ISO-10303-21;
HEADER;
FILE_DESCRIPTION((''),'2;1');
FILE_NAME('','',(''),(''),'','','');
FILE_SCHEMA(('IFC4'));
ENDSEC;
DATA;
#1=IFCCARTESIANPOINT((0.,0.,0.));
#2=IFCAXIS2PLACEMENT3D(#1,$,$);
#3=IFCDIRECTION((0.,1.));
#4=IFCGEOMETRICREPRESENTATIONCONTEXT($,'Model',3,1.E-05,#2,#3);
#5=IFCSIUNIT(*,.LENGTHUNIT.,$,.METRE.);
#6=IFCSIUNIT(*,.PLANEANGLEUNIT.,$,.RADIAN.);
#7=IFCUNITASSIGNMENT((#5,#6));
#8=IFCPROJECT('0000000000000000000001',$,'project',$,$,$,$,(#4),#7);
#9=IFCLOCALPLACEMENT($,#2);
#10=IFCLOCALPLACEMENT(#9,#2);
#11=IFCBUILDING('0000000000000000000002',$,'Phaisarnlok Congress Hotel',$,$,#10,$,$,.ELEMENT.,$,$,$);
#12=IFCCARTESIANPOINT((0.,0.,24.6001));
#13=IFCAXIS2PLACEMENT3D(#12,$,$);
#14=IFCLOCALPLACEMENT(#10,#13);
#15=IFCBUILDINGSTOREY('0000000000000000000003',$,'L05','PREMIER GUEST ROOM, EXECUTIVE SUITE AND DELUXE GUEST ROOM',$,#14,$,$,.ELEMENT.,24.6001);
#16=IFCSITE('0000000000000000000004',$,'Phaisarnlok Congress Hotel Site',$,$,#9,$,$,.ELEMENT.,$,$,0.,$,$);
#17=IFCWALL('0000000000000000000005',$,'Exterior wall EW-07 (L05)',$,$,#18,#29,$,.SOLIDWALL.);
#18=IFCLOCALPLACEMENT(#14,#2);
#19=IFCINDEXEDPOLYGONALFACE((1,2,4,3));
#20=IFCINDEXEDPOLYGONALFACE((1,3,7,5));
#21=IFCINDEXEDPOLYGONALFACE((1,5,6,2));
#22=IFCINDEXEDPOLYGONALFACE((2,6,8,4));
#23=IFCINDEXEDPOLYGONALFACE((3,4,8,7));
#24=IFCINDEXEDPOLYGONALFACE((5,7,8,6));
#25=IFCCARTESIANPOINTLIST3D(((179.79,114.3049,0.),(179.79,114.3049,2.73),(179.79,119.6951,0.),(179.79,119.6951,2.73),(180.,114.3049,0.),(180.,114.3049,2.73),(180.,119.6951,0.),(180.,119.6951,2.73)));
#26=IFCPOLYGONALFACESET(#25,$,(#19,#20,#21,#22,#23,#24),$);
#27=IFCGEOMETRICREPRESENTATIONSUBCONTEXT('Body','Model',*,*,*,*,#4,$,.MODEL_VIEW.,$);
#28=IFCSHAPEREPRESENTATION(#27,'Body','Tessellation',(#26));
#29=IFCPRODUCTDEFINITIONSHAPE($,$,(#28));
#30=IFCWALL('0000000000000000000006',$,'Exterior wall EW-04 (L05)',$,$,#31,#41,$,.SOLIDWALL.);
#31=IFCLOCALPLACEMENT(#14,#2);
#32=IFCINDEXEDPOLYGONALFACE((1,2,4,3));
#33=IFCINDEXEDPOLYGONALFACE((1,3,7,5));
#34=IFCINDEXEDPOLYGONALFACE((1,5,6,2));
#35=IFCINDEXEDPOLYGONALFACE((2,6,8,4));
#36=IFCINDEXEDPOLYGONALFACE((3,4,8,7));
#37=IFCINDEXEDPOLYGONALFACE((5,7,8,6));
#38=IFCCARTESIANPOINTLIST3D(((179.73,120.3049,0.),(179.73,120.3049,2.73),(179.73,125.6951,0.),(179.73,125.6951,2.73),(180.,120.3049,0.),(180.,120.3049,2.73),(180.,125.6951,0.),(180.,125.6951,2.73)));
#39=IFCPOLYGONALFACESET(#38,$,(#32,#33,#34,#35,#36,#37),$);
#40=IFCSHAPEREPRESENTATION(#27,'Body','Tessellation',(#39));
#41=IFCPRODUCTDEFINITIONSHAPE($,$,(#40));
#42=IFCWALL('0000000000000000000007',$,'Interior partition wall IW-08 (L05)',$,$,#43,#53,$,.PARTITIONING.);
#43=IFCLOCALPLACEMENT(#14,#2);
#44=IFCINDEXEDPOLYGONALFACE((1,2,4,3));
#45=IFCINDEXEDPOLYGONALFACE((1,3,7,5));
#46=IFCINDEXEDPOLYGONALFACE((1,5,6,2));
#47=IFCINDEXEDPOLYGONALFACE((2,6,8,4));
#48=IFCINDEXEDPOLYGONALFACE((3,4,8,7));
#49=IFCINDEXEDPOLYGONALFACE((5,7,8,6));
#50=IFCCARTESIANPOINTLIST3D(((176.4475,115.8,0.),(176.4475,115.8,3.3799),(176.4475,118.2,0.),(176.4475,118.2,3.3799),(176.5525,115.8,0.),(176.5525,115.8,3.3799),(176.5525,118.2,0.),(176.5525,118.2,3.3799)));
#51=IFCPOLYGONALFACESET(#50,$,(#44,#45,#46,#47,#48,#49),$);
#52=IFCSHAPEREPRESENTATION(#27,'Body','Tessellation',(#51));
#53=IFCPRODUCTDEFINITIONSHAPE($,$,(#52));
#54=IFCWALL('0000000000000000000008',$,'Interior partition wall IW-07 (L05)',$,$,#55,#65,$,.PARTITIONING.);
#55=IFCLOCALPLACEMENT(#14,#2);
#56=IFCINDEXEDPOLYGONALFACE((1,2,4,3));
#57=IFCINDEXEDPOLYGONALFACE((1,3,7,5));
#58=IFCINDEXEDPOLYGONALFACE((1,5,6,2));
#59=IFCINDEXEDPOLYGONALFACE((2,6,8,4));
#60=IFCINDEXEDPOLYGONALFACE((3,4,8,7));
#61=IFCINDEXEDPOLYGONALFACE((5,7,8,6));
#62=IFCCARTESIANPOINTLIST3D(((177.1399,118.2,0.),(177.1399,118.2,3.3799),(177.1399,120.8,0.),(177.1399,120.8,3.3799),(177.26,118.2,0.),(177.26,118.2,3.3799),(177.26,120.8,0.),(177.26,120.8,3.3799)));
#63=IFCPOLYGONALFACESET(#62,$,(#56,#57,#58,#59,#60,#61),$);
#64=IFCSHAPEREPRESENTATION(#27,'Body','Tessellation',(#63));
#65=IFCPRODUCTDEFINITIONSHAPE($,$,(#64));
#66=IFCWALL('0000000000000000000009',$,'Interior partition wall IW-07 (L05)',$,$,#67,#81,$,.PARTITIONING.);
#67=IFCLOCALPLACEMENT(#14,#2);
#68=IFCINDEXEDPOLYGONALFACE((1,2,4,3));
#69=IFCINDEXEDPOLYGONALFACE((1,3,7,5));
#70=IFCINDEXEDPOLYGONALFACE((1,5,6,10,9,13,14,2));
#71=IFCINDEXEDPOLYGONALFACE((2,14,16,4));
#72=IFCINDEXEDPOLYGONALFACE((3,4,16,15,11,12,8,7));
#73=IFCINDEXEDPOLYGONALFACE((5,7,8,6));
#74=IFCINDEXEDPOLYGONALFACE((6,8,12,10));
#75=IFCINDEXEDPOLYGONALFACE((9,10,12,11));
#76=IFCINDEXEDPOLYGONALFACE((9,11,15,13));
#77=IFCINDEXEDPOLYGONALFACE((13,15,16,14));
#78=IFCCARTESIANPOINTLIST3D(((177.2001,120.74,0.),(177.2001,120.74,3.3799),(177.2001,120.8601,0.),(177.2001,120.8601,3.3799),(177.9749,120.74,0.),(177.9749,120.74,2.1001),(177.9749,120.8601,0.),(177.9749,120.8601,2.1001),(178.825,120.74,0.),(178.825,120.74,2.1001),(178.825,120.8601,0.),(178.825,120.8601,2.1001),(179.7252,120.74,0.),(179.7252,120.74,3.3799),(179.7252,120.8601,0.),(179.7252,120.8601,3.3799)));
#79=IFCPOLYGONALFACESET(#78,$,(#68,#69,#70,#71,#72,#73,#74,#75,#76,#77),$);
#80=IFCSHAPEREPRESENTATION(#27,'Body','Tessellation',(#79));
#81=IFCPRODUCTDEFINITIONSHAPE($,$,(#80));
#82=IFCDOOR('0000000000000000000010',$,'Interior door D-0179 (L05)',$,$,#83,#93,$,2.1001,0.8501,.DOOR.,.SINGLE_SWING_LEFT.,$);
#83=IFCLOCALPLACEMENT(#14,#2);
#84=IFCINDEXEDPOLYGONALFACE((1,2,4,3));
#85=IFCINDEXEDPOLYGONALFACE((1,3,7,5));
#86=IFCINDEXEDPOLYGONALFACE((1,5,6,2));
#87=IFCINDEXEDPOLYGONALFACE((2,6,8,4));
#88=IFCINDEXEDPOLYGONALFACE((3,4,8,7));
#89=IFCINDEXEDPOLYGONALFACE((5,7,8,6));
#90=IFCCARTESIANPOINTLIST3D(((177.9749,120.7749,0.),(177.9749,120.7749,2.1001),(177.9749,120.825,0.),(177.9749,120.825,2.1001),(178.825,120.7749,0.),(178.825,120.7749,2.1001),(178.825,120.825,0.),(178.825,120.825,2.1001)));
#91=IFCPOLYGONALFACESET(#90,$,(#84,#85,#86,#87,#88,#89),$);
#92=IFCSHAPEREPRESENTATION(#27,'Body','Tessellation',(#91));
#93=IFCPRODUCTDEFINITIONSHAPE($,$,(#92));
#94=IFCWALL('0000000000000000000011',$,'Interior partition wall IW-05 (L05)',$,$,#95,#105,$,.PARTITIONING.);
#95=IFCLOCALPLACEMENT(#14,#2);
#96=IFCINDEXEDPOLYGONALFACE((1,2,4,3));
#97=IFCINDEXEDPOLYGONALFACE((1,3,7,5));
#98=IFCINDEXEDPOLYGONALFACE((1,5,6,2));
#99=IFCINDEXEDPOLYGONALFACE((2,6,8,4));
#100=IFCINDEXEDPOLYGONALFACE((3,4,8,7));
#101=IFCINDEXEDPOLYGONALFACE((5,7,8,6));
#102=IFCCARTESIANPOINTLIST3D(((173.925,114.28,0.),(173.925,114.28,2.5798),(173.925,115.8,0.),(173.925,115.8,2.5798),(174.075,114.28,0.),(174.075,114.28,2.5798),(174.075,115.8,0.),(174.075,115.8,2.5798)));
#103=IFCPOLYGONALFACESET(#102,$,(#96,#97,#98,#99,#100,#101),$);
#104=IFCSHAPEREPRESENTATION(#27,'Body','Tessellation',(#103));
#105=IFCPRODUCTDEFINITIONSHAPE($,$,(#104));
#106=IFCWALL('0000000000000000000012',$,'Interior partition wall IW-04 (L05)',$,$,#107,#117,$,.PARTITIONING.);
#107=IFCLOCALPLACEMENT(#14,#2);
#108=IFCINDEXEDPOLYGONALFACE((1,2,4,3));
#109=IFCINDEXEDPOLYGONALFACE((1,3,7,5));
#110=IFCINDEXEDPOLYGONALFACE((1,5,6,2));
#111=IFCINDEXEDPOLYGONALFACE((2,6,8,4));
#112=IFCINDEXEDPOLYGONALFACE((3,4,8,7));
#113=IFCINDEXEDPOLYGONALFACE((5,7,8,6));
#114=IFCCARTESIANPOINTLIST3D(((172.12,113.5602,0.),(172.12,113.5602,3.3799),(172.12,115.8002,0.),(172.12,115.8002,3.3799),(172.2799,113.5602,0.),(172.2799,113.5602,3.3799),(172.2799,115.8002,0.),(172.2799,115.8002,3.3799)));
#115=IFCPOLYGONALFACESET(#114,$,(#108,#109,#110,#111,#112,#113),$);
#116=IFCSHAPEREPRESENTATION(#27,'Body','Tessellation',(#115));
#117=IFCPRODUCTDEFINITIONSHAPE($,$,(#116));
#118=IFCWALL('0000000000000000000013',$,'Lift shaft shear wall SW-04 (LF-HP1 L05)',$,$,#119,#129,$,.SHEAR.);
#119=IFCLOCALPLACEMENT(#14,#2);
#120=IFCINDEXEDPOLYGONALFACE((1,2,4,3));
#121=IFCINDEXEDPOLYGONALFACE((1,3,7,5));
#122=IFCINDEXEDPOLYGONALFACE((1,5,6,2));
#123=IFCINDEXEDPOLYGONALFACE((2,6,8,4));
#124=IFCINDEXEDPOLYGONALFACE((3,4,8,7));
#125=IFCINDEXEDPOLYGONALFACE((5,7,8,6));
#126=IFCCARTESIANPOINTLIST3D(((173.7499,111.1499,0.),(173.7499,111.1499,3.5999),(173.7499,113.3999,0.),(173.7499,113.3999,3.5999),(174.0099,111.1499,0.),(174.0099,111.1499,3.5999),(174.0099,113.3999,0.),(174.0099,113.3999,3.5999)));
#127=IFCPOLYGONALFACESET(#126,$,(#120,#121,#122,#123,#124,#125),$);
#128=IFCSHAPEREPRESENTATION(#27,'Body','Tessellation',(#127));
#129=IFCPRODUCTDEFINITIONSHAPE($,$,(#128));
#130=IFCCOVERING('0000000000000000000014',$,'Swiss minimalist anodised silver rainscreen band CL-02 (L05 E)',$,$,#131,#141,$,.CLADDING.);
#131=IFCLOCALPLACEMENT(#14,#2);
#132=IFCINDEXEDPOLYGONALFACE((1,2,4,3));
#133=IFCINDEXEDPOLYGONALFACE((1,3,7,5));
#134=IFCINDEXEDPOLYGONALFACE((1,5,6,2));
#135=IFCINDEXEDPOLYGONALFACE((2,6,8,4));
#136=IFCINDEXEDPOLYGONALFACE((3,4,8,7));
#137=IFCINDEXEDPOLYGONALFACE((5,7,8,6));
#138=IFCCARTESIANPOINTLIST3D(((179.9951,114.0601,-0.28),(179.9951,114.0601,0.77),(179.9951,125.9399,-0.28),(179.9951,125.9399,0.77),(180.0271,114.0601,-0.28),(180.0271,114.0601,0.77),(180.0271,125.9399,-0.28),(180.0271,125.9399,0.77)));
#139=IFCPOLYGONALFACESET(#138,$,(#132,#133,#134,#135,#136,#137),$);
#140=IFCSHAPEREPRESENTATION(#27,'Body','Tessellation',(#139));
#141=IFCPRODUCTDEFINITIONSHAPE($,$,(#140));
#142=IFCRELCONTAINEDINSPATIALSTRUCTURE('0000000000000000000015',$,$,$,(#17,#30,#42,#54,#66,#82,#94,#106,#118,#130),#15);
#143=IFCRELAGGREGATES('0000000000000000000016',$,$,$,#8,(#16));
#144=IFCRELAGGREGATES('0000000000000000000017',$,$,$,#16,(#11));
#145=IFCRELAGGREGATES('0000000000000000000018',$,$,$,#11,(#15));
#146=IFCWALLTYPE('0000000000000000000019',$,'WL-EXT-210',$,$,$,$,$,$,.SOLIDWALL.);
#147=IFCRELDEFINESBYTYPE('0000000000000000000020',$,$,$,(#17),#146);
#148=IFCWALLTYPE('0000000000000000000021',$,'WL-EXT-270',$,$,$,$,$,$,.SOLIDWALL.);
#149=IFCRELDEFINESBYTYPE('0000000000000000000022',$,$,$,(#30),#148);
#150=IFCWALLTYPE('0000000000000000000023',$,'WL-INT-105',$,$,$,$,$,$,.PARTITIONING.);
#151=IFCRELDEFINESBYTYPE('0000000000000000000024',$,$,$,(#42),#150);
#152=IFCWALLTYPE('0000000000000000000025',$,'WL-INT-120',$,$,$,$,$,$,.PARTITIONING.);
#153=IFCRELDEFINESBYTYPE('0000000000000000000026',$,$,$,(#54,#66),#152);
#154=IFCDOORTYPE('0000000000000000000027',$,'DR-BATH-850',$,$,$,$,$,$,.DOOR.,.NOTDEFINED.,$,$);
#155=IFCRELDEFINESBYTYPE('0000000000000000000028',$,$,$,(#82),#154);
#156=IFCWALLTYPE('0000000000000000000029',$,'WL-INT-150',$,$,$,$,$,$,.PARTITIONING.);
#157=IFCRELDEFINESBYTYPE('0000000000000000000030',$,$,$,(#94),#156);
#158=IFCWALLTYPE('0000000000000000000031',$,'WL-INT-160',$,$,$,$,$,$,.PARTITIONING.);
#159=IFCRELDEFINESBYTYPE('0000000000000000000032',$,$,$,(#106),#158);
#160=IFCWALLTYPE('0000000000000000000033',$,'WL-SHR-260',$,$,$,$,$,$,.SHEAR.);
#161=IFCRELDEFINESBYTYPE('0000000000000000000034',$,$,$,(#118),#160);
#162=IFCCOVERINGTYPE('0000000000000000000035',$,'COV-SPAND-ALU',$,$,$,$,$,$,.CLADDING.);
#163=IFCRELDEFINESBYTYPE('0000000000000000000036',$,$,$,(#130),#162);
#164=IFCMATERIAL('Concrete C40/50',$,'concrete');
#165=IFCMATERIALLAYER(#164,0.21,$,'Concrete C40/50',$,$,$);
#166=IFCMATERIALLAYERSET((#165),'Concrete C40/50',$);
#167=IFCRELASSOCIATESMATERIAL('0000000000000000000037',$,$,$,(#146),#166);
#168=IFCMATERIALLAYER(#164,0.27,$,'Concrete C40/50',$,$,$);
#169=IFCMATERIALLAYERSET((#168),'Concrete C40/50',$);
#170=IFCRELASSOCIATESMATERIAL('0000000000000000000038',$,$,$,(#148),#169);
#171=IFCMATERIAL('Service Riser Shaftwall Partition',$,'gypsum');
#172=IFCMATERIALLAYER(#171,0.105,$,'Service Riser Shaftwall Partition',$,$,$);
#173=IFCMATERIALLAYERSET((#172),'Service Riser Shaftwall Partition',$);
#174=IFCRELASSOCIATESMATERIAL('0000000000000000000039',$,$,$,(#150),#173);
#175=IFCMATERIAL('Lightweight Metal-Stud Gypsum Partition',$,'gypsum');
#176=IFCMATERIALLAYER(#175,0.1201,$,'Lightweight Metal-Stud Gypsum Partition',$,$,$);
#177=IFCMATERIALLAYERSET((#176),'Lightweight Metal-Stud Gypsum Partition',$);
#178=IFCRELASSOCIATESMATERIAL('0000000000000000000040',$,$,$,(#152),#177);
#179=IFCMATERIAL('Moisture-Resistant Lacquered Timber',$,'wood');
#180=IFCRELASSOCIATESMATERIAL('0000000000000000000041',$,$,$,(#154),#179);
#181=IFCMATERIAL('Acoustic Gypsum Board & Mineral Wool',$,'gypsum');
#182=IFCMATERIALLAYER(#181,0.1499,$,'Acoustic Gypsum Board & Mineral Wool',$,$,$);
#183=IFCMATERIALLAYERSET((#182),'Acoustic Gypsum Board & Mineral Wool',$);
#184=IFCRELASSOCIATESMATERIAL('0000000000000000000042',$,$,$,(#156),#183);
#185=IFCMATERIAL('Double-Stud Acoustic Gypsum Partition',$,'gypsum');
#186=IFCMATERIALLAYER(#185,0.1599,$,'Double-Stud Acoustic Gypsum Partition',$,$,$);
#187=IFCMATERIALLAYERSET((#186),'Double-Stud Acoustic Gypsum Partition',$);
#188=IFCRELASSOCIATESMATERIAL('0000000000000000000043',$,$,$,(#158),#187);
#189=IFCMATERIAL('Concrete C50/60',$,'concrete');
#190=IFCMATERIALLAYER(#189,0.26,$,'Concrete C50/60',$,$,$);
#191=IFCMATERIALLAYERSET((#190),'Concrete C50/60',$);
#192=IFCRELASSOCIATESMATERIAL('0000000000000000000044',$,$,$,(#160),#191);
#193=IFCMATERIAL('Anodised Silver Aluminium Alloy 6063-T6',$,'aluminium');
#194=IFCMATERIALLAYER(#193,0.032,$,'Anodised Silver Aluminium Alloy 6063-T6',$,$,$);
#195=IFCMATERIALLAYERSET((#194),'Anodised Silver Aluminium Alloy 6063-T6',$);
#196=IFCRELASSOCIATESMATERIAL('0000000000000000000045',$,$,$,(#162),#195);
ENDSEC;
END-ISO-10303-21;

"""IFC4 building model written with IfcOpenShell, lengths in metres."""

from ifc_helpers import new_model, si_unit, direction, frame, frame_2d, origin, place, context, subcontext, project, spatial, polyline, rectangle, outline, extrude, material, layer, layer_set, type_object, element, fill, save


model = new_model("IFC4")

# Units and contexts
model_context = context("Model", 3, precision=1e-05, world=origin(), true_north=direction((0.0, 1.0)))
body_context = subcontext(model_context, "Body", "Model", "MODEL_VIEW")
ifc_project = project(units=[si_unit("LENGTHUNIT", "METRE"), si_unit("PLANEANGLEUNIT", "RADIAN")], contexts=[model_context])

# Site, building, storey
site_placement = place(None, origin())
site = spatial("IfcSite", under=ifc_project, at=site_placement, Name="Phaisarnlok Congress Hotel Site", CompositionType="ELEMENT", RefElevation=0.0)
building_placement = place(site_placement, origin())
building = spatial("IfcBuilding", under=site, at=building_placement, Name="Phaisarnlok Congress Hotel", CompositionType="ELEMENT")
storey_placement = place(building_placement, frame((0.0, 0.0, 24.6001)))
storey = spatial("IfcBuildingStorey", under=building, at=storey_placement, Name="L05", Description="PREMIER GUEST ROOM, EXECUTIVE SUITE AND DELUXE GUEST ROOM", CompositionType="ELEMENT", Elevation=24.6001)

# Shared definitions
ifc_material_1 = material(Name="Concrete C50/60", Category="concrete")

# Shared definitions
ifc_material_2 = material(Name="Concrete C40/50", Category="concrete")

# Walls
ifc_layer_1 = layer(ifc_material_2, 0.21, Name="Concrete C40/50")
ifc_layer_set_1 = layer_set([ifc_layer_1], Name="Concrete C40/50")
wall_type_1 = type_object("IfcWallType", Name="WL-EXT-210", PredefinedType="SOLIDWALL", material=ifc_layer_set_1)
wall_1_placement = place(storey_placement, frame((179.895, 114.3049, 0.0), z_axis=(0.0, 0.0, 1.0), x_axis=(0.0, 1.0, 0.0)))
element("IfcWall", 1, at=wall_1_placement, inside=storey, type_object=wall_type_1, Name="Exterior wall EW-07 (L05)", PredefinedType="SOLIDWALL", context=body_context, shape_type="SweptSolid", body=[
    extrude(rectangle(XDim=5.3901, YDim=0.21, at=frame_2d((2.6951, 0.0))), origin(), (0.0, 0.0, 1.0), 2.73),
])
ifc_layer_2 = layer(ifc_material_2, 0.27, Name="Concrete C40/50")
ifc_layer_set_2 = layer_set([ifc_layer_2], Name="Concrete C40/50")
wall_type_2 = type_object("IfcWallType", Name="WL-EXT-270", PredefinedType="SOLIDWALL", material=ifc_layer_set_2)
wall_2_placement = place(storey_placement, frame((179.865, 120.3049, 0.0), z_axis=(0.0, 0.0, 1.0), x_axis=(0.0, 1.0, 0.0)))
element("IfcWall", 2, at=wall_2_placement, inside=storey, type_object=wall_type_2, Name="Exterior wall EW-04 (L05)", PredefinedType="SOLIDWALL", context=body_context, shape_type="SweptSolid", body=[
    extrude(rectangle(XDim=5.3901, YDim=0.27, at=frame_2d((2.6951, 0.0))), origin(), (0.0, 0.0, 1.0), 2.73),
])
ifc_material_3 = material(Name="Service Riser Shaftwall Partition", Category="gypsum")
ifc_layer_3 = layer(ifc_material_3, 0.105, Name="Service Riser Shaftwall Partition")
ifc_layer_set_3 = layer_set([ifc_layer_3], Name="Service Riser Shaftwall Partition")
wall_type_3 = type_object("IfcWallType", Name="WL-INT-105", PredefinedType="PARTITIONING", material=ifc_layer_set_3)
wall_3_placement = place(storey_placement, frame((176.5, 115.8, 0.0), z_axis=(0.0, 0.0, 1.0), x_axis=(0.0, 1.0, 0.0)))
element("IfcWall", 3, at=wall_3_placement, inside=storey, type_object=wall_type_3, Name="Interior partition wall IW-08 (L05)", PredefinedType="PARTITIONING", context=body_context, shape_type="SweptSolid", body=[
    extrude(rectangle(XDim=2.3999, YDim=0.105, at=frame_2d((1.2, 0.0))), origin(), (0.0, 0.0, 1.0), 3.3799),
])
ifc_material_4 = material(Name="Lightweight Metal-Stud Gypsum Partition", Category="gypsum")
ifc_layer_4 = layer(ifc_material_4, 0.1201, Name="Lightweight Metal-Stud Gypsum Partition")
ifc_layer_set_4 = layer_set([ifc_layer_4], Name="Lightweight Metal-Stud Gypsum Partition")
wall_type_4 = type_object("IfcWallType", Name="WL-INT-120", PredefinedType="PARTITIONING", material=ifc_layer_set_4)
wall_4_placement = place(storey_placement, frame((177.2, 118.2, 0.0), z_axis=(0.0, 0.0, 1.0), x_axis=(0.0, 1.0, 0.0)))
element("IfcWall", 4, at=wall_4_placement, inside=storey, type_object=wall_type_4, Name="Interior partition wall IW-07 (L05)", PredefinedType="PARTITIONING", context=body_context, shape_type="SweptSolid", body=[
    extrude(rectangle(XDim=2.6001, YDim=0.1201, at=frame_2d((1.3, 0.0))), origin(), (0.0, 0.0, 1.0), 3.3799),
])

# Wall, opening, door
wall_5_placement = place(storey_placement, frame((177.2, 120.8, 0.0), z_axis=(0.0, 0.0, 1.0), x_axis=(1.0, 0.0, 0.0)))
wall_5 = element("IfcWall", 5, at=wall_5_placement, inside=storey, type_object=wall_type_4, Name="Interior partition wall IW-07 (L05)", PredefinedType="PARTITIONING", context=body_context, shape_type="SweptSolid", body=[
    extrude(rectangle(XDim=2.5251, YDim=0.1201, at=frame_2d((1.2627, 0.0))), origin(), (0.0, 0.0, 1.0), 3.3799),
])
opening_1_placement = place(wall_5_placement, frame((0.7749, 0.0, 0.0)))
opening_1 = element("IfcOpeningElement", 6, at=opening_1_placement, cuts=wall_5, PredefinedType="OPENING", context=body_context, shape_type="SweptSolid", body=[
    extrude(rectangle(XDim=0.8501, YDim=2.1001, at=frame_2d((0.425, 1.05))), frame((0.0, 0.0701, 0.0), z_axis=(0.0, -1.0, 0.0), x_axis=(1.0, 0.0, 0.0)), (0.0, 0.0, 1.0), 0.1401),
])
ifc_material_5 = material(Name="Moisture-Resistant Lacquered Timber", Category="wood")
door_type_1 = type_object("IfcDoorType", Name="DR-BATH-850", OperationType="NOTDEFINED", PredefinedType="DOOR", material=ifc_material_5)
door_1_placement = place(opening_1_placement, origin())
door_1 = element("IfcDoor", 7, at=door_1_placement, inside=storey, type_object=door_type_1, Name="Interior door D-0179 (L05)", OperationType="SINGLE_SWING_LEFT", OverallHeight=2.1001, OverallWidth=0.8501, PredefinedType="DOOR", context=body_context, shape_type="SweptSolid", body=[
    extrude(rectangle(XDim=0.8501, YDim=2.1001, at=frame_2d((0.425, 1.05))), frame((0.0, 0.0249, 0.0), z_axis=(0.0, -1.0, 0.0), x_axis=(1.0, 0.0, 0.0)), (0.0, 0.0, 1.0), 0.05),
])
fill(opening_1, door_1)

# Wall
ifc_material_6 = material(Name="Acoustic Gypsum Board & Mineral Wool", Category="gypsum")
ifc_layer_5 = layer(ifc_material_6, 0.1499, Name="Acoustic Gypsum Board & Mineral Wool")
ifc_layer_set_5 = layer_set([ifc_layer_5], Name="Acoustic Gypsum Board & Mineral Wool")
wall_type_5 = type_object("IfcWallType", Name="WL-INT-150", PredefinedType="PARTITIONING", material=ifc_layer_set_5)
wall_6_placement = place(storey_placement, frame((174.0, 114.28, 0.0), z_axis=(0.0, 0.0, 1.0), x_axis=(0.0, 1.0, 0.0)))
element("IfcWall", 8, at=wall_6_placement, inside=storey, type_object=wall_type_5, Name="Interior partition wall IW-05 (L05)", PredefinedType="PARTITIONING", context=body_context, shape_type="SweptSolid", body=[
    extrude(rectangle(XDim=1.52, YDim=0.1499, at=frame_2d((0.76, 0.0))), origin(), (0.0, 0.0, 1.0), 2.5798),
])

# Walls
ifc_material_7 = material(Name="Double-Stud Acoustic Gypsum Partition", Category="gypsum")
ifc_layer_6 = layer(ifc_material_7, 0.1599, Name="Double-Stud Acoustic Gypsum Partition")
ifc_layer_set_6 = layer_set([ifc_layer_6], Name="Double-Stud Acoustic Gypsum Partition")
wall_type_6 = type_object("IfcWallType", Name="WL-INT-160", PredefinedType="PARTITIONING", material=ifc_layer_set_6)
wall_7_placement = place(storey_placement, frame((172.2, 113.5601, 0.0), z_axis=(0.0, 0.0, 1.0), x_axis=(0.0, 1.0, 0.0)))
element("IfcWall", 9, at=wall_7_placement, inside=storey, type_object=wall_type_6, Name="Interior partition wall IW-04 (L05)", PredefinedType="PARTITIONING", context=body_context, shape_type="SweptSolid", body=[
    extrude(rectangle(XDim=2.24, YDim=0.1599, at=frame_2d((1.1201, 0.0))), origin(), (0.0, 0.0, 1.0), 3.3799),
])
ifc_layer_7 = layer(ifc_material_1, 0.26, Name="Concrete C50/60")
ifc_layer_set_7 = layer_set([ifc_layer_7], Name="Concrete C50/60")
wall_type_7 = type_object("IfcWallType", Name="WL-SHR-260", PredefinedType="SHEAR", material=ifc_layer_set_7)
wall_8_placement = place(storey_placement, frame((173.8799, 111.1499, 0.0), z_axis=(0.0, 0.0, 1.0), x_axis=(0.0, 1.0, 0.0)))
element("IfcWall", 10, at=wall_8_placement, inside=storey, type_object=wall_type_7, Name="Lift shaft shear wall SW-04 (LF-HP1 L05)", PredefinedType="SHEAR", context=body_context, shape_type="SweptSolid", body=[
    extrude(rectangle(XDim=2.25, YDim=0.26, at=frame_2d((1.125, 0.0))), origin(), (0.0, 0.0, 1.0), 3.5999),
])

# Covering
ifc_material_8 = material(Name="Anodised Silver Aluminium Alloy 6063-T6", Category="aluminium")
ifc_layer_8 = layer(ifc_material_8, 0.032, Name="Anodised Silver Aluminium Alloy 6063-T6")
ifc_layer_set_8 = layer_set([ifc_layer_8], Name="Anodised Silver Aluminium Alloy 6063-T6")
covering_type = type_object("IfcCoveringType", Name="COV-SPAND-ALU", PredefinedType="CLADDING", material=ifc_layer_set_8)
covering_placement = place(storey_placement, frame((179.9951, 114.0601, -0.28), z_axis=(1.0, 0.0, 0.0), x_axis=(0.0, 1.0, 0.0)))
element("IfcCovering", 11, at=covering_placement, inside=storey, type_object=covering_type, Name="Swiss minimalist anodised silver rainscreen band CL-02 (L05 E)", PredefinedType="CLADDING", context=body_context, shape_type="SweptSolid", body=[
    extrude(outline(polyline([(0.0, 0.0), (11.8799, 0.0), (11.8799, 1.05), (0.0, 1.05), (0.0, 0.0)])), origin(), (0.0, 0.0, 1.0), 0.032),
])

save(model, "model.ifc")
